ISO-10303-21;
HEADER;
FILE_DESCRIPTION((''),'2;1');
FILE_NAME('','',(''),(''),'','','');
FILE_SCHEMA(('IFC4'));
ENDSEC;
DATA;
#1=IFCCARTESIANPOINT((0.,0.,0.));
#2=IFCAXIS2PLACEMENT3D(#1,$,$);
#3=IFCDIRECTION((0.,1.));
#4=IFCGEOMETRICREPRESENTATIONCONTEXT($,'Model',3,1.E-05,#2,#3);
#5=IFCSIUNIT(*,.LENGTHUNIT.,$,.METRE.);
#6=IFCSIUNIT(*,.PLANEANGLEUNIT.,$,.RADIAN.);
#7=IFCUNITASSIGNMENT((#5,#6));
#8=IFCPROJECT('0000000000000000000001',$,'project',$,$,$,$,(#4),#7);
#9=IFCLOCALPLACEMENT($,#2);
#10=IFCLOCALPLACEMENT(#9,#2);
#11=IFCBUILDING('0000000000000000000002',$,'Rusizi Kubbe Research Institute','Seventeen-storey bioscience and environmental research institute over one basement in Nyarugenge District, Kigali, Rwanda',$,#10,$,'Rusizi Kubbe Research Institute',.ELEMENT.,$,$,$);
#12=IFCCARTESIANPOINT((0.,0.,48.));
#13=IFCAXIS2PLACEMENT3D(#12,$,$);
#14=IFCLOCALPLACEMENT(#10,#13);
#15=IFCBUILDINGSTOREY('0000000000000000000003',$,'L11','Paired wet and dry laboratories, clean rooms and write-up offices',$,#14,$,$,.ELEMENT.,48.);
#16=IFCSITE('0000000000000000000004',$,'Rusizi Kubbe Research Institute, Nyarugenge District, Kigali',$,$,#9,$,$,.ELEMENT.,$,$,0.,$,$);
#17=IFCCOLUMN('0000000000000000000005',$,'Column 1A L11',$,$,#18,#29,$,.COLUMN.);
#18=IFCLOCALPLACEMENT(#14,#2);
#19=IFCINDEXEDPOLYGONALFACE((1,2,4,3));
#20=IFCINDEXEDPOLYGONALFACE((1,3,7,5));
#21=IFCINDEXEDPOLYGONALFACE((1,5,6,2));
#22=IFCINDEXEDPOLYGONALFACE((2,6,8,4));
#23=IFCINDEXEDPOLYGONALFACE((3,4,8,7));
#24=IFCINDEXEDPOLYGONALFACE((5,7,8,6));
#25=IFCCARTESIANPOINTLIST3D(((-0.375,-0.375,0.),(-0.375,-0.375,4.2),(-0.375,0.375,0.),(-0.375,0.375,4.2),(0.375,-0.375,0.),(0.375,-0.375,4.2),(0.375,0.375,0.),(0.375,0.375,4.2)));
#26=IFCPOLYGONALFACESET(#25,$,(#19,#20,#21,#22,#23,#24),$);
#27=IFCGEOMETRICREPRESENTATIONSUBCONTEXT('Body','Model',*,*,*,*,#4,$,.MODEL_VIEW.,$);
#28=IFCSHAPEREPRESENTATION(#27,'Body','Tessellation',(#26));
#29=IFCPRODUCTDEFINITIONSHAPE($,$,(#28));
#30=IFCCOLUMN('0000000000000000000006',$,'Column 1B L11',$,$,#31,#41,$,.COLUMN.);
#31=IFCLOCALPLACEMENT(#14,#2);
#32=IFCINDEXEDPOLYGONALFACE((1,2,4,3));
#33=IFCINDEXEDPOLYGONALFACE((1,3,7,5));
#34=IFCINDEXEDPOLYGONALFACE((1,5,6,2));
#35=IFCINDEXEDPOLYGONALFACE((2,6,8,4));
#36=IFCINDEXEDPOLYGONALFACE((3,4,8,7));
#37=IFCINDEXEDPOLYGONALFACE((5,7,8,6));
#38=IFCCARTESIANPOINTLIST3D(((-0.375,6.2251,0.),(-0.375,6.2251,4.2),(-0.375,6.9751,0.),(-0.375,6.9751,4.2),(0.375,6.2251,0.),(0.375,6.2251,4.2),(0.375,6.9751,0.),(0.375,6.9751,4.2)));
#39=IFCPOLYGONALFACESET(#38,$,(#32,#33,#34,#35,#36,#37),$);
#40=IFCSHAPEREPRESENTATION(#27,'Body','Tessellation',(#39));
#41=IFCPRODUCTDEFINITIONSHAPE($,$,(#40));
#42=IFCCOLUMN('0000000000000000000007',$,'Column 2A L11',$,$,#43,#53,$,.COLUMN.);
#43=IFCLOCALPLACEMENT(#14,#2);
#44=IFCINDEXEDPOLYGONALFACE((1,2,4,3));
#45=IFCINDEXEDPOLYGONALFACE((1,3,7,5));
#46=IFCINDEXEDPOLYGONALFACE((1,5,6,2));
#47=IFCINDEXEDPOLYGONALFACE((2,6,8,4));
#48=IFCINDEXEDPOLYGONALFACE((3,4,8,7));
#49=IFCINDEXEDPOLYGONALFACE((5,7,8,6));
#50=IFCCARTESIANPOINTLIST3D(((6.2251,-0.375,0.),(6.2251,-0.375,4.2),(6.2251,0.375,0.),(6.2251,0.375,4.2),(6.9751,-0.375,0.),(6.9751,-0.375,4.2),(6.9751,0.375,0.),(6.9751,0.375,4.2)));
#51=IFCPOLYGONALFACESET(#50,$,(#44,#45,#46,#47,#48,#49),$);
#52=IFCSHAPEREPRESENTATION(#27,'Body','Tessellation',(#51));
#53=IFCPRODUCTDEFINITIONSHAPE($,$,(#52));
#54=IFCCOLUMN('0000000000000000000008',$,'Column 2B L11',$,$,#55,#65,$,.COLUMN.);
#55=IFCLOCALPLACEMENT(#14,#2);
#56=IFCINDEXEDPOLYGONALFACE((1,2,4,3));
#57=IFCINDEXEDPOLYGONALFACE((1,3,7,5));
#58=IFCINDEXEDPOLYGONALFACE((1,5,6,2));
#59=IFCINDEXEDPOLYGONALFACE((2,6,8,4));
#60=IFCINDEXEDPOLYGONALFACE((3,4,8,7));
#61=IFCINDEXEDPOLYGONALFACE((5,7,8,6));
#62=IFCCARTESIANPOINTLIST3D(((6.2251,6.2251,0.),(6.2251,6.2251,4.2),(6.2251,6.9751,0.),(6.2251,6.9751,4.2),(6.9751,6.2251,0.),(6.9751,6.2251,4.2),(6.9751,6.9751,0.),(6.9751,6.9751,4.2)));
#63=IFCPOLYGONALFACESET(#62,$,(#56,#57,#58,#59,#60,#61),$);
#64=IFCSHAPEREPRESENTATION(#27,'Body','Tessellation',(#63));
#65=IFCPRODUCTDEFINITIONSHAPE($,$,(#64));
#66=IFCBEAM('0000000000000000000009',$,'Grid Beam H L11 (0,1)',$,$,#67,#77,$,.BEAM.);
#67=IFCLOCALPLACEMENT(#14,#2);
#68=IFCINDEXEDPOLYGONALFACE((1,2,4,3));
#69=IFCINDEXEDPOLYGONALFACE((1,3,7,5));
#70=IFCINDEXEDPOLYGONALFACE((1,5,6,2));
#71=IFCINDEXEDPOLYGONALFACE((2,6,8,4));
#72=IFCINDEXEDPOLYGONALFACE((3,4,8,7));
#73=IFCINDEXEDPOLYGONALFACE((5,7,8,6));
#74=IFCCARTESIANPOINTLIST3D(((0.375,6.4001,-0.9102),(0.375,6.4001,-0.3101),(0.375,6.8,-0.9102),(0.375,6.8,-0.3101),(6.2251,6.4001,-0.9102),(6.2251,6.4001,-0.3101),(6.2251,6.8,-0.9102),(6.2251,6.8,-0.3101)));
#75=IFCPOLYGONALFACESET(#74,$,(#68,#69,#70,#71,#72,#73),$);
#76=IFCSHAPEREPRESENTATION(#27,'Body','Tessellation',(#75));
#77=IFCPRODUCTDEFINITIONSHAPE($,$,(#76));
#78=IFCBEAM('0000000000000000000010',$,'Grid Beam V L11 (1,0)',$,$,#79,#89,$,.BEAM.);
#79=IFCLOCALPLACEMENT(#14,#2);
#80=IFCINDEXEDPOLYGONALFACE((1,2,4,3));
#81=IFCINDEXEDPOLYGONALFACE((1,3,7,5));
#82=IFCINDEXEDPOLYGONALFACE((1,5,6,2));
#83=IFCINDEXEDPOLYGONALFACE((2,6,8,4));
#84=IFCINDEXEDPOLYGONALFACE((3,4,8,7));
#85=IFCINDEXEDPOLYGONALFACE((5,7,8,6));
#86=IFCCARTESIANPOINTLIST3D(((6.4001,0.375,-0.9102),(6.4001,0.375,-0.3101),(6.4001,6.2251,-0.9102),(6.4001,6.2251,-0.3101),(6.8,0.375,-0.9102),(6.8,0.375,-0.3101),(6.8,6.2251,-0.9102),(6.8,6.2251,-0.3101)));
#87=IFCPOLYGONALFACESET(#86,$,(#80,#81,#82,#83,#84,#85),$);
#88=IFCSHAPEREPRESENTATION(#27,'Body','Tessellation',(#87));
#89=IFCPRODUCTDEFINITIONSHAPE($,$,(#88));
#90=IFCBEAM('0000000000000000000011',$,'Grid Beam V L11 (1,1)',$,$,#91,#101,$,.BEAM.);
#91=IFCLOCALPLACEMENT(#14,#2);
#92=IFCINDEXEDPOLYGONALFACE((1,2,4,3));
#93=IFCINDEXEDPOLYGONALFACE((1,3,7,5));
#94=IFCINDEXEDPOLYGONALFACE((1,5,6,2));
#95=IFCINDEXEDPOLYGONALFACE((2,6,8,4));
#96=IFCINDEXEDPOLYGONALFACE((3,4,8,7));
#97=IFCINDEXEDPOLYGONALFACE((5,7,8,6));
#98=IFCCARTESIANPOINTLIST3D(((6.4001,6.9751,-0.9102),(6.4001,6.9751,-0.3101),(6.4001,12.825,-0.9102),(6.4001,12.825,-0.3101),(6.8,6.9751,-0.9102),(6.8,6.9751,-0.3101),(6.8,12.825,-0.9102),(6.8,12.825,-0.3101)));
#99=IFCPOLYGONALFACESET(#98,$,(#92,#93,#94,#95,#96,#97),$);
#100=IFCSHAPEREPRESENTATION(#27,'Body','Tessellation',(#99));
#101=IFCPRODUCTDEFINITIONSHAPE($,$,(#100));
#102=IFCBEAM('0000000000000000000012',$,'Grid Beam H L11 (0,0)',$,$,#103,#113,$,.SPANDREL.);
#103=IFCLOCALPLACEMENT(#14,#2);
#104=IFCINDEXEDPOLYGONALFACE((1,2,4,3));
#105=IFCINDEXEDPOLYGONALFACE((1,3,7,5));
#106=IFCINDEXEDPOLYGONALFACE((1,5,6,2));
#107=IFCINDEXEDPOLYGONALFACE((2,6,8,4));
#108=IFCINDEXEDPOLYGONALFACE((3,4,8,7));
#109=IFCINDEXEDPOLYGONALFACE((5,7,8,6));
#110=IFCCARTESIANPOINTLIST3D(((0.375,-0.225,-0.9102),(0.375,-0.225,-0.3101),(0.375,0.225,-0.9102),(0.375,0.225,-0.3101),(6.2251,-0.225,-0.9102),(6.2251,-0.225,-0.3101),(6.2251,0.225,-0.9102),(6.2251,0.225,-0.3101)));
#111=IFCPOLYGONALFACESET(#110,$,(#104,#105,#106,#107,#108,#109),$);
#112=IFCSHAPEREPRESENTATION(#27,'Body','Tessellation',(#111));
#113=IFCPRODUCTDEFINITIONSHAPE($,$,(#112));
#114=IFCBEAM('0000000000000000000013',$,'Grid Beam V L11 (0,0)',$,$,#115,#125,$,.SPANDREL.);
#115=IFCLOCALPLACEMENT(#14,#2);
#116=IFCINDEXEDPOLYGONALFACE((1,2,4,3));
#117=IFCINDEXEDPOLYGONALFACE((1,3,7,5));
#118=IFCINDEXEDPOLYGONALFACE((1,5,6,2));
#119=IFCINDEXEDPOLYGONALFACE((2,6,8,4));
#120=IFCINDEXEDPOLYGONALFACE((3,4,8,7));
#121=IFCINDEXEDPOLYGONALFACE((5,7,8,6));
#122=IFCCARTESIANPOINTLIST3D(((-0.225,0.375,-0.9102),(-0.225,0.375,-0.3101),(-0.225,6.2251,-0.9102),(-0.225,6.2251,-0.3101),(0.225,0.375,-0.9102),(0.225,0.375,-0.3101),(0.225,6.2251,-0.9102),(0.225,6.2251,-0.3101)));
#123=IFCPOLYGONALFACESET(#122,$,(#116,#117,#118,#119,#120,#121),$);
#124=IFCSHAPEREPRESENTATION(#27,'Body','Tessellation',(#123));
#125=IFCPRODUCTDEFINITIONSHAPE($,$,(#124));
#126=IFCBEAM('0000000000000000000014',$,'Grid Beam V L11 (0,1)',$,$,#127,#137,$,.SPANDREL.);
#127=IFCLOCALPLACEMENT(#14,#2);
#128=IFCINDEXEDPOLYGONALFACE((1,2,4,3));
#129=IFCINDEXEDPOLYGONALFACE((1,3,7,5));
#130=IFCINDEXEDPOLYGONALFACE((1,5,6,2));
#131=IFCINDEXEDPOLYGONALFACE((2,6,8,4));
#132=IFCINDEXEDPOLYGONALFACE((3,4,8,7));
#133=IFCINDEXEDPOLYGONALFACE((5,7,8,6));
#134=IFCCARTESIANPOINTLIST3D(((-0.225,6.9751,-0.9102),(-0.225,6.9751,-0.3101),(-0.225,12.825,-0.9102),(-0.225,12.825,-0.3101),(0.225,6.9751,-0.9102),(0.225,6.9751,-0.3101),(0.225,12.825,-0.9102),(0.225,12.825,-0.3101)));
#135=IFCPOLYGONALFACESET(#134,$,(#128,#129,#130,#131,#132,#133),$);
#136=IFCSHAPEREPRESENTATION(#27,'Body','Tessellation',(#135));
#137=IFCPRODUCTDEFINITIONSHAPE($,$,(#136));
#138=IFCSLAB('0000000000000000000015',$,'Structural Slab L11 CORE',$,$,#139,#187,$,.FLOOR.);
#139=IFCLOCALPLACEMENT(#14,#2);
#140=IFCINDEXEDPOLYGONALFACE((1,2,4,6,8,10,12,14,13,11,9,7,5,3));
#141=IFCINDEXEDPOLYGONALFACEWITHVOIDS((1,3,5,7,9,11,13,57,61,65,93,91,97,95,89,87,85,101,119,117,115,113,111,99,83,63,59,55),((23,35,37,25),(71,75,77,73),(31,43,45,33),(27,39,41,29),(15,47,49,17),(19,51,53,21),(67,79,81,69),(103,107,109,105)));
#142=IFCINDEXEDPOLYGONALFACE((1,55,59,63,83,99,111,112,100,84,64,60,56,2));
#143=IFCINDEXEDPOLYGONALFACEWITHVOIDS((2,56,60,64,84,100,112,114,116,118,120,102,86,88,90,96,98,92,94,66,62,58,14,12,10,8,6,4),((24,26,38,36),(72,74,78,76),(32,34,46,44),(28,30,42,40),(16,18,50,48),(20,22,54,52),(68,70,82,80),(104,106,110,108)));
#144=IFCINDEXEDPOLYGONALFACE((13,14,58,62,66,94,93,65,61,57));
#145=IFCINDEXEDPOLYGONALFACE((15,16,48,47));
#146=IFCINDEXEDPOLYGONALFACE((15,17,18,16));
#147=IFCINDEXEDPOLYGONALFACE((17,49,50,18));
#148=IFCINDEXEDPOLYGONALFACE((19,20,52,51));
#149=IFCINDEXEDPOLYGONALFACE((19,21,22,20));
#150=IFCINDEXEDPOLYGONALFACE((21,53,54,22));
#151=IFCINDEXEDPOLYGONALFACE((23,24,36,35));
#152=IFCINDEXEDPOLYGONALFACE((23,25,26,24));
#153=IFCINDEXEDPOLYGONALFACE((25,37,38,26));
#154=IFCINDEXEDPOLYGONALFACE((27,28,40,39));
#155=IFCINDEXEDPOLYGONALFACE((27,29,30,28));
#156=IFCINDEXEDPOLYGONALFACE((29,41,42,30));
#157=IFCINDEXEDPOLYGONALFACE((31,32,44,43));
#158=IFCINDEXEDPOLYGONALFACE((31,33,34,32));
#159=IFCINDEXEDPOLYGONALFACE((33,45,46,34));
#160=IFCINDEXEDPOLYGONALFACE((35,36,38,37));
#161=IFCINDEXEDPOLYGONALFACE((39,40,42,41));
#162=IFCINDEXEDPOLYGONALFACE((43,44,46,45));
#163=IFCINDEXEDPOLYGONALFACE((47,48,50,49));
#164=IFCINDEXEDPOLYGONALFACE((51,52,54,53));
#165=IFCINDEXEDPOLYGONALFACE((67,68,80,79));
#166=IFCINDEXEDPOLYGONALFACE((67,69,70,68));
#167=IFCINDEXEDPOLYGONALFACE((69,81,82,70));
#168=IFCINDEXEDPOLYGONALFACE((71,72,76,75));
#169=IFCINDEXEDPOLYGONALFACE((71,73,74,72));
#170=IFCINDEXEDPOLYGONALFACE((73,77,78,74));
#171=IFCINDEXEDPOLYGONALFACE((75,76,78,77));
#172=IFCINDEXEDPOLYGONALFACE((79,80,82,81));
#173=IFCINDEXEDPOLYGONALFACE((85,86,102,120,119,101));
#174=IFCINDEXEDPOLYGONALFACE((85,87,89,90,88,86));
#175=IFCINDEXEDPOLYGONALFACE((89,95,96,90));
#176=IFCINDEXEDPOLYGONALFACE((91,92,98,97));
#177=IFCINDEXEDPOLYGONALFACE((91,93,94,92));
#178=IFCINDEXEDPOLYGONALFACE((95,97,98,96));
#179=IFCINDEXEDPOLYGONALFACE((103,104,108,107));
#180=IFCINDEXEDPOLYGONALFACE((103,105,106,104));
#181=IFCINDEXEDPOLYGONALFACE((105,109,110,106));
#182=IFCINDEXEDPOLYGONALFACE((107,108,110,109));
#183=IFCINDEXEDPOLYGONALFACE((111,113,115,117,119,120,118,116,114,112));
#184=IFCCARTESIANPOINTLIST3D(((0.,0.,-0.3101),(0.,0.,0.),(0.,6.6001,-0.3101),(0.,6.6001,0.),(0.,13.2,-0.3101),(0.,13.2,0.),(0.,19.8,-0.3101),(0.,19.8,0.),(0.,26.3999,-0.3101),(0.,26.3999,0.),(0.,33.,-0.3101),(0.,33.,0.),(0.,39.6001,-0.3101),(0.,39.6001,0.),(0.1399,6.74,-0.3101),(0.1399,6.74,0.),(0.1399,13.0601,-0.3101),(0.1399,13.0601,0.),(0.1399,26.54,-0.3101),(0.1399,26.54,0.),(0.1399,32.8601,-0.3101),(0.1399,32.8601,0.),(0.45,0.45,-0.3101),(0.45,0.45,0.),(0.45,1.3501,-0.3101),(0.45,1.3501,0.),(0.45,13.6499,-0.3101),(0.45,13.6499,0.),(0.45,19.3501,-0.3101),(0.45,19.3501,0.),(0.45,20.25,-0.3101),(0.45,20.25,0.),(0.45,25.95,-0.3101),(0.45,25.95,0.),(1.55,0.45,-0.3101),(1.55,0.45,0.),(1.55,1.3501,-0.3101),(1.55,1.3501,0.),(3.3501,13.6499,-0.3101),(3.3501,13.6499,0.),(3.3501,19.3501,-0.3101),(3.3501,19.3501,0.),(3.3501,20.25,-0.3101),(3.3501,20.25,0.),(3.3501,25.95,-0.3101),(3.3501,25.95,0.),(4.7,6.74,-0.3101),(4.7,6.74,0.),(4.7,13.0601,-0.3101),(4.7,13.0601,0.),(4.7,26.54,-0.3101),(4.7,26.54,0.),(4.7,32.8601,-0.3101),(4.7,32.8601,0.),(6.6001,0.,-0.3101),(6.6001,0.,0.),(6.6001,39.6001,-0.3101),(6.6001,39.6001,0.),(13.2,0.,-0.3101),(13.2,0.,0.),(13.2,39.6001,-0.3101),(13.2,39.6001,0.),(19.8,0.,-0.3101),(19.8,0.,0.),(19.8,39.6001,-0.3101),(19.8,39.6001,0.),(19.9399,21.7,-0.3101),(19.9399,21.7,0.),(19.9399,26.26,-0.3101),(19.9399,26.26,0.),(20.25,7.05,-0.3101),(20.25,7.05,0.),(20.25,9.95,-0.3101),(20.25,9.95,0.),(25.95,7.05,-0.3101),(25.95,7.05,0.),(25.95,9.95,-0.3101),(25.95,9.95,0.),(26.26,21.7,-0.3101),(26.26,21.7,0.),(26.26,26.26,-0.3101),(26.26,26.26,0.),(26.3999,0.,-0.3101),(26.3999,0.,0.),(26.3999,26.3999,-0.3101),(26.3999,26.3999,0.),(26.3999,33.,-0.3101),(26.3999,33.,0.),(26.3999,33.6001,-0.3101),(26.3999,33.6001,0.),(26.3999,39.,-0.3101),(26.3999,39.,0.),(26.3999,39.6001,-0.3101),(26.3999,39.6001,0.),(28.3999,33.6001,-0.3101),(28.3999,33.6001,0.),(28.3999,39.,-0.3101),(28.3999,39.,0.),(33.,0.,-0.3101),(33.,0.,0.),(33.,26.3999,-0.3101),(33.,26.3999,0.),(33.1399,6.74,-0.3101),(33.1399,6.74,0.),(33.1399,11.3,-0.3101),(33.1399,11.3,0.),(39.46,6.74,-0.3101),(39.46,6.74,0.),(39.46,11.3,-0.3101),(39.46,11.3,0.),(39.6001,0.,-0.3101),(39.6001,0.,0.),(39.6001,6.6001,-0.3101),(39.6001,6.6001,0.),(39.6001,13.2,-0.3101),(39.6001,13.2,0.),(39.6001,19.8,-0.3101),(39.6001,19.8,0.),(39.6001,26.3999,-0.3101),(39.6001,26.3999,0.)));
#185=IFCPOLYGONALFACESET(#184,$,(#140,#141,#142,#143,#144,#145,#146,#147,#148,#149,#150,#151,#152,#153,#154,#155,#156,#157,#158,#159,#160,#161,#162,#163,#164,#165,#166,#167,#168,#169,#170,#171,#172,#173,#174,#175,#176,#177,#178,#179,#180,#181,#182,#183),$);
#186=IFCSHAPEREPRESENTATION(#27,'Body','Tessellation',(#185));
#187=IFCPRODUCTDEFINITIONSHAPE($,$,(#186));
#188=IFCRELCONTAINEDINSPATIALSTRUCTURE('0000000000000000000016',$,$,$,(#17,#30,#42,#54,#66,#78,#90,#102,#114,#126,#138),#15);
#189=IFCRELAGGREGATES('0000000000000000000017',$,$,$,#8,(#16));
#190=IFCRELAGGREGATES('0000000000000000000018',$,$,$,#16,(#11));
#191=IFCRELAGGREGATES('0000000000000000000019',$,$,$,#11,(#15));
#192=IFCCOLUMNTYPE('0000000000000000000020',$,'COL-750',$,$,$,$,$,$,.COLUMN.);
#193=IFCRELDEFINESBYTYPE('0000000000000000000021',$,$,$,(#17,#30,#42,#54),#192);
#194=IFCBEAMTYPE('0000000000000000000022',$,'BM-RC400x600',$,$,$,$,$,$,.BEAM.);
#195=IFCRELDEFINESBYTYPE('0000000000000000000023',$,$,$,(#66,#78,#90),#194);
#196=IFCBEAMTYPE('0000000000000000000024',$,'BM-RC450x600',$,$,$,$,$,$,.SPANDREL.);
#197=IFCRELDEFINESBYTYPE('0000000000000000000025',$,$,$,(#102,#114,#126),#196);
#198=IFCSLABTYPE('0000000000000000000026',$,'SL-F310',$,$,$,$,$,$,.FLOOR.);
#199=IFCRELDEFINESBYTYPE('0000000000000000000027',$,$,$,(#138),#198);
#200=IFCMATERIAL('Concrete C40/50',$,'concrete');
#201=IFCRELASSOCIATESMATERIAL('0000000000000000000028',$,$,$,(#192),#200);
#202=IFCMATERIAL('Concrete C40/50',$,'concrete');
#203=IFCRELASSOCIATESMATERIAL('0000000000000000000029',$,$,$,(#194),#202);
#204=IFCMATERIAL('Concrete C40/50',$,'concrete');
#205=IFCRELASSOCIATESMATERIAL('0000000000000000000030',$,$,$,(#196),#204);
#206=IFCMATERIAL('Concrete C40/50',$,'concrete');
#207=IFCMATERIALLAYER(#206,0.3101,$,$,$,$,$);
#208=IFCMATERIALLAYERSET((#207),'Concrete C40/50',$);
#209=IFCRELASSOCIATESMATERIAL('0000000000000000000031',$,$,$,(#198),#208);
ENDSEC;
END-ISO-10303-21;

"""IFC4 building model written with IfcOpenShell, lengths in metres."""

from ifc_helpers import new_model, si_unit, direction, frame, origin, origin_2d, place, context, subcontext, project, spatial, polyline, rectangle, outline, extrude, material, layer, layer_set, material_profile, profile_set, type_object, element, save


model = new_model("IFC4")

# Units and contexts
model_context = context("Model", 3, precision=1e-05, world=origin(), true_north=direction((0.0, 1.0)))
body_context = subcontext(model_context, "Body", "Model", "MODEL_VIEW")
ifc_project = project(units=[si_unit("LENGTHUNIT", "METRE"), si_unit("PLANEANGLEUNIT", "RADIAN")], contexts=[model_context])

# Site, building, storey
site_placement = place(None, origin())
site = spatial("IfcSite", under=ifc_project, at=site_placement, Name="Rusizi Kubbe Research Institute, Nyarugenge District, Kigali", CompositionType="ELEMENT", RefElevation=0.0)
building_placement = place(site_placement, origin())
building = spatial("IfcBuilding", under=site, at=building_placement, Name="Rusizi Kubbe Research Institute", Description="Seventeen-storey bioscience and environmental research institute over one basement in Nyarugenge District, Kigali, Rwanda", LongName="Rusizi Kubbe Research Institute", CompositionType="ELEMENT")
storey_placement = place(building_placement, frame((0.0, 0.0, 48.0)))
storey = spatial("IfcBuildingStorey", under=building, at=storey_placement, Name="L11", Description="Paired wet and dry laboratories, clean rooms and write-up offices", CompositionType="ELEMENT", Elevation=48.0)

# Columns
ifc_material_1 = material(Name="Concrete C40/50", Category="concrete")
ifc_material_profile_1 = material_profile(ifc_material_1, rectangle(XDim=0.75, YDim=0.75, at=origin_2d()), Name="RC750x750")
ifc_profile_set_1 = profile_set([ifc_material_profile_1], Name="Concrete C40/50")
column_type = type_object("IfcColumnType", Name="COL-750", PredefinedType="COLUMN", material=ifc_profile_set_1)
for number, where, z_axis, x_axis, name in (
    (1, (0.0, 0.0, 0.0), (0.0, 0.0, 1.0), (1.0, 0.0, 0.0), "Column 1A L11"),
    (2, (0.0, 6.6001, 0.0), (0.0, 0.0, 1.0), (1.0, 0.0, 0.0), "Column 1B L11"),
    (3, (6.6001, 0.0, 0.0), (0.0, 0.0, 1.0), (1.0, 0.0, 0.0), "Column 2A L11"),
    (4, (6.6001, 6.6001, 0.0), (0.0, 0.0, 1.0), (1.0, 0.0, 0.0), "Column 2B L11"),
):
    element("IfcColumn", number, at=place(storey_placement, frame(where, z_axis=z_axis, x_axis=x_axis)), inside=storey, type_object=column_type, Name=name, PredefinedType="COLUMN", context=body_context, shape_type="SweptSolid", body=[
        extrude(rectangle(XDim=0.75, YDim=0.75, at=origin_2d()), origin(), (0.0, 0.0, 1.0), 4.2),
    ])

# Beams
ifc_material_2 = material(Name="Concrete C40/50", Category="concrete")
ifc_material_profile_2 = material_profile(ifc_material_2, rectangle(XDim=0.3999, YDim=0.6001, at=origin_2d()), Name="RC400x600")
ifc_profile_set_2 = profile_set([ifc_material_profile_2], Name="Concrete C40/50")
beam_type_1 = type_object("IfcBeamType", Name="BM-RC400x600", PredefinedType="BEAM", material=ifc_profile_set_2)
for number, where, z_axis, x_axis, name in (
    (5, (0.375, 6.6001, -0.6101), (1.0, 0.0, 0.0), (0.0, 1.0, 0.0), "Grid Beam H L11 (0,1)"),
    (6, (6.6001, 0.375, -0.6101), (0.0, 1.0, 0.0), (-1.0, 0.0, 0.0), "Grid Beam V L11 (1,0)"),
):
    element("IfcBeam", number, at=place(storey_placement, frame(where, z_axis=z_axis, x_axis=x_axis)), inside=storey, type_object=beam_type_1, Name=name, PredefinedType="BEAM", context=body_context, shape_type="SweptSolid", body=[
        extrude(rectangle(XDim=0.3999, YDim=0.6001, at=origin_2d()), origin(), (0.0, 0.0, 1.0), 5.8501),
    ])
beam_1_placement = place(storey_placement, frame((6.6001, 6.9751, -0.6101), z_axis=(0.0, 1.0, 0.0), x_axis=(-1.0, 0.0, 0.0)))
element("IfcBeam", 7, at=beam_1_placement, inside=storey, type_object=beam_type_1, Name="Grid Beam V L11 (1,1)", PredefinedType="BEAM", context=body_context, shape_type="SweptSolid", body=[
    extrude(rectangle(XDim=0.3999, YDim=0.6001, at=origin_2d()), origin(), (0.0, 0.0, 1.0), 5.8499),
])
ifc_material_3 = material(Name="Concrete C40/50", Category="concrete")
ifc_material_profile_3 = material_profile(ifc_material_3, rectangle(XDim=0.45, YDim=0.6001, at=origin_2d()), Name="RC450x600")
ifc_profile_set_3 = profile_set([ifc_material_profile_3], Name="Concrete C40/50")
beam_type_2 = type_object("IfcBeamType", Name="BM-RC450x600", PredefinedType="SPANDREL", material=ifc_profile_set_3)
for number, where, z_axis, x_axis, name in (
    (8, (0.375, 0.0, -0.6101), (1.0, 0.0, 0.0), (0.0, 1.0, 0.0), "Grid Beam H L11 (0,0)"),
    (9, (0.0, 0.375, -0.6101), (0.0, 1.0, 0.0), (-1.0, 0.0, 0.0), "Grid Beam V L11 (0,0)"),
):
    element("IfcBeam", number, at=place(storey_placement, frame(where, z_axis=z_axis, x_axis=x_axis)), inside=storey, type_object=beam_type_2, Name=name, PredefinedType="SPANDREL", context=body_context, shape_type="SweptSolid", body=[
        extrude(rectangle(XDim=0.45, YDim=0.6001, at=origin_2d()), origin(), (0.0, 0.0, 1.0), 5.8501),
    ])
beam_2_placement = place(storey_placement, frame((0.0, 6.9751, -0.6101), z_axis=(0.0, 1.0, 0.0), x_axis=(-1.0, 0.0, 0.0)))
element("IfcBeam", 10, at=beam_2_placement, inside=storey, type_object=beam_type_2, Name="Grid Beam V L11 (0,1)", PredefinedType="SPANDREL", context=body_context, shape_type="SweptSolid", body=[
    extrude(rectangle(XDim=0.45, YDim=0.6001, at=origin_2d()), origin(), (0.0, 0.0, 1.0), 5.8499),
])

# Slab
ifc_material_4 = material(Name="Concrete C40/50", Category="concrete")
ifc_layer_1 = layer(ifc_material_4, 0.3101)
ifc_layer_set_1 = layer_set([ifc_layer_1], Name="Concrete C40/50")
slab_type_1 = type_object("IfcSlabType", Name="SL-F310", PredefinedType="FLOOR", material=ifc_layer_set_1)
slab_1_placement = place(storey_placement, frame((0.0, 0.0, -0.3101)))
element("IfcSlab", 11, at=slab_1_placement, inside=storey, type_object=slab_type_1, Name="Structural Slab L11 CORE", PredefinedType="FLOOR", context=body_context, shape_type="SweptSolid", body=[
    extrude(outline(polyline([(0.0, 39.6001), (6.6001, 39.6001), (13.2, 39.6001), (19.8, 39.6001), (26.3999, 39.6001), (26.3999, 39.0), (28.3999, 39.0), (28.3999, 33.6001), (26.3999, 33.6001), (26.3999, 33.0), (26.3999, 26.3999), (33.0, 26.3999), (39.6001, 26.3999), (39.6001, 19.8), (39.6001, 13.2), (39.6001, 6.6001), (39.6001, 0.0), (33.0, 0.0), (26.3999, 0.0), (19.8, 0.0), (13.2, 0.0), (6.6001, 0.0), (0.0, 0.0), (0.0, 6.6001), (0.0, 13.2), (0.0, 19.8), (0.0, 26.3999), (0.0, 33.0), (0.0, 39.6001)]), holes=[polyline([(0.45, 1.3501), (0.45, 0.45), (1.55, 0.45), (1.55, 1.3501), (0.45, 1.3501)]), polyline([(20.25, 9.95), (20.25, 7.05), (25.95, 7.05), (25.95, 9.95), (20.25, 9.95)]), polyline([(33.1399, 11.3), (33.1399, 6.74), (39.46, 6.74), (39.46, 11.3), (33.1399, 11.3)]), polyline([(0.1399, 13.0601), (0.1399, 6.74), (4.7, 6.74), (4.7, 13.0601), (0.1399, 13.0601)]), polyline([(0.45, 19.3501), (0.45, 13.6499), (3.3501, 13.6499), (3.3501, 19.3501), (0.45, 19.3501)]), polyline([(0.45, 25.95), (0.45, 20.25), (3.3501, 20.25), (3.3501, 25.95), (0.45, 25.95)]), polyline([(19.9399, 26.26), (19.9399, 21.7), (26.26, 21.7), (26.26, 26.26), (19.9399, 26.26)]), polyline([(0.1399, 32.8601), (0.1399, 26.54), (4.7, 26.54), (4.7, 32.8601), (0.1399, 32.8601)])]), origin(), (0.0, 0.0, 1.0), 0.3101),
])

save(model, "model.ifc")
